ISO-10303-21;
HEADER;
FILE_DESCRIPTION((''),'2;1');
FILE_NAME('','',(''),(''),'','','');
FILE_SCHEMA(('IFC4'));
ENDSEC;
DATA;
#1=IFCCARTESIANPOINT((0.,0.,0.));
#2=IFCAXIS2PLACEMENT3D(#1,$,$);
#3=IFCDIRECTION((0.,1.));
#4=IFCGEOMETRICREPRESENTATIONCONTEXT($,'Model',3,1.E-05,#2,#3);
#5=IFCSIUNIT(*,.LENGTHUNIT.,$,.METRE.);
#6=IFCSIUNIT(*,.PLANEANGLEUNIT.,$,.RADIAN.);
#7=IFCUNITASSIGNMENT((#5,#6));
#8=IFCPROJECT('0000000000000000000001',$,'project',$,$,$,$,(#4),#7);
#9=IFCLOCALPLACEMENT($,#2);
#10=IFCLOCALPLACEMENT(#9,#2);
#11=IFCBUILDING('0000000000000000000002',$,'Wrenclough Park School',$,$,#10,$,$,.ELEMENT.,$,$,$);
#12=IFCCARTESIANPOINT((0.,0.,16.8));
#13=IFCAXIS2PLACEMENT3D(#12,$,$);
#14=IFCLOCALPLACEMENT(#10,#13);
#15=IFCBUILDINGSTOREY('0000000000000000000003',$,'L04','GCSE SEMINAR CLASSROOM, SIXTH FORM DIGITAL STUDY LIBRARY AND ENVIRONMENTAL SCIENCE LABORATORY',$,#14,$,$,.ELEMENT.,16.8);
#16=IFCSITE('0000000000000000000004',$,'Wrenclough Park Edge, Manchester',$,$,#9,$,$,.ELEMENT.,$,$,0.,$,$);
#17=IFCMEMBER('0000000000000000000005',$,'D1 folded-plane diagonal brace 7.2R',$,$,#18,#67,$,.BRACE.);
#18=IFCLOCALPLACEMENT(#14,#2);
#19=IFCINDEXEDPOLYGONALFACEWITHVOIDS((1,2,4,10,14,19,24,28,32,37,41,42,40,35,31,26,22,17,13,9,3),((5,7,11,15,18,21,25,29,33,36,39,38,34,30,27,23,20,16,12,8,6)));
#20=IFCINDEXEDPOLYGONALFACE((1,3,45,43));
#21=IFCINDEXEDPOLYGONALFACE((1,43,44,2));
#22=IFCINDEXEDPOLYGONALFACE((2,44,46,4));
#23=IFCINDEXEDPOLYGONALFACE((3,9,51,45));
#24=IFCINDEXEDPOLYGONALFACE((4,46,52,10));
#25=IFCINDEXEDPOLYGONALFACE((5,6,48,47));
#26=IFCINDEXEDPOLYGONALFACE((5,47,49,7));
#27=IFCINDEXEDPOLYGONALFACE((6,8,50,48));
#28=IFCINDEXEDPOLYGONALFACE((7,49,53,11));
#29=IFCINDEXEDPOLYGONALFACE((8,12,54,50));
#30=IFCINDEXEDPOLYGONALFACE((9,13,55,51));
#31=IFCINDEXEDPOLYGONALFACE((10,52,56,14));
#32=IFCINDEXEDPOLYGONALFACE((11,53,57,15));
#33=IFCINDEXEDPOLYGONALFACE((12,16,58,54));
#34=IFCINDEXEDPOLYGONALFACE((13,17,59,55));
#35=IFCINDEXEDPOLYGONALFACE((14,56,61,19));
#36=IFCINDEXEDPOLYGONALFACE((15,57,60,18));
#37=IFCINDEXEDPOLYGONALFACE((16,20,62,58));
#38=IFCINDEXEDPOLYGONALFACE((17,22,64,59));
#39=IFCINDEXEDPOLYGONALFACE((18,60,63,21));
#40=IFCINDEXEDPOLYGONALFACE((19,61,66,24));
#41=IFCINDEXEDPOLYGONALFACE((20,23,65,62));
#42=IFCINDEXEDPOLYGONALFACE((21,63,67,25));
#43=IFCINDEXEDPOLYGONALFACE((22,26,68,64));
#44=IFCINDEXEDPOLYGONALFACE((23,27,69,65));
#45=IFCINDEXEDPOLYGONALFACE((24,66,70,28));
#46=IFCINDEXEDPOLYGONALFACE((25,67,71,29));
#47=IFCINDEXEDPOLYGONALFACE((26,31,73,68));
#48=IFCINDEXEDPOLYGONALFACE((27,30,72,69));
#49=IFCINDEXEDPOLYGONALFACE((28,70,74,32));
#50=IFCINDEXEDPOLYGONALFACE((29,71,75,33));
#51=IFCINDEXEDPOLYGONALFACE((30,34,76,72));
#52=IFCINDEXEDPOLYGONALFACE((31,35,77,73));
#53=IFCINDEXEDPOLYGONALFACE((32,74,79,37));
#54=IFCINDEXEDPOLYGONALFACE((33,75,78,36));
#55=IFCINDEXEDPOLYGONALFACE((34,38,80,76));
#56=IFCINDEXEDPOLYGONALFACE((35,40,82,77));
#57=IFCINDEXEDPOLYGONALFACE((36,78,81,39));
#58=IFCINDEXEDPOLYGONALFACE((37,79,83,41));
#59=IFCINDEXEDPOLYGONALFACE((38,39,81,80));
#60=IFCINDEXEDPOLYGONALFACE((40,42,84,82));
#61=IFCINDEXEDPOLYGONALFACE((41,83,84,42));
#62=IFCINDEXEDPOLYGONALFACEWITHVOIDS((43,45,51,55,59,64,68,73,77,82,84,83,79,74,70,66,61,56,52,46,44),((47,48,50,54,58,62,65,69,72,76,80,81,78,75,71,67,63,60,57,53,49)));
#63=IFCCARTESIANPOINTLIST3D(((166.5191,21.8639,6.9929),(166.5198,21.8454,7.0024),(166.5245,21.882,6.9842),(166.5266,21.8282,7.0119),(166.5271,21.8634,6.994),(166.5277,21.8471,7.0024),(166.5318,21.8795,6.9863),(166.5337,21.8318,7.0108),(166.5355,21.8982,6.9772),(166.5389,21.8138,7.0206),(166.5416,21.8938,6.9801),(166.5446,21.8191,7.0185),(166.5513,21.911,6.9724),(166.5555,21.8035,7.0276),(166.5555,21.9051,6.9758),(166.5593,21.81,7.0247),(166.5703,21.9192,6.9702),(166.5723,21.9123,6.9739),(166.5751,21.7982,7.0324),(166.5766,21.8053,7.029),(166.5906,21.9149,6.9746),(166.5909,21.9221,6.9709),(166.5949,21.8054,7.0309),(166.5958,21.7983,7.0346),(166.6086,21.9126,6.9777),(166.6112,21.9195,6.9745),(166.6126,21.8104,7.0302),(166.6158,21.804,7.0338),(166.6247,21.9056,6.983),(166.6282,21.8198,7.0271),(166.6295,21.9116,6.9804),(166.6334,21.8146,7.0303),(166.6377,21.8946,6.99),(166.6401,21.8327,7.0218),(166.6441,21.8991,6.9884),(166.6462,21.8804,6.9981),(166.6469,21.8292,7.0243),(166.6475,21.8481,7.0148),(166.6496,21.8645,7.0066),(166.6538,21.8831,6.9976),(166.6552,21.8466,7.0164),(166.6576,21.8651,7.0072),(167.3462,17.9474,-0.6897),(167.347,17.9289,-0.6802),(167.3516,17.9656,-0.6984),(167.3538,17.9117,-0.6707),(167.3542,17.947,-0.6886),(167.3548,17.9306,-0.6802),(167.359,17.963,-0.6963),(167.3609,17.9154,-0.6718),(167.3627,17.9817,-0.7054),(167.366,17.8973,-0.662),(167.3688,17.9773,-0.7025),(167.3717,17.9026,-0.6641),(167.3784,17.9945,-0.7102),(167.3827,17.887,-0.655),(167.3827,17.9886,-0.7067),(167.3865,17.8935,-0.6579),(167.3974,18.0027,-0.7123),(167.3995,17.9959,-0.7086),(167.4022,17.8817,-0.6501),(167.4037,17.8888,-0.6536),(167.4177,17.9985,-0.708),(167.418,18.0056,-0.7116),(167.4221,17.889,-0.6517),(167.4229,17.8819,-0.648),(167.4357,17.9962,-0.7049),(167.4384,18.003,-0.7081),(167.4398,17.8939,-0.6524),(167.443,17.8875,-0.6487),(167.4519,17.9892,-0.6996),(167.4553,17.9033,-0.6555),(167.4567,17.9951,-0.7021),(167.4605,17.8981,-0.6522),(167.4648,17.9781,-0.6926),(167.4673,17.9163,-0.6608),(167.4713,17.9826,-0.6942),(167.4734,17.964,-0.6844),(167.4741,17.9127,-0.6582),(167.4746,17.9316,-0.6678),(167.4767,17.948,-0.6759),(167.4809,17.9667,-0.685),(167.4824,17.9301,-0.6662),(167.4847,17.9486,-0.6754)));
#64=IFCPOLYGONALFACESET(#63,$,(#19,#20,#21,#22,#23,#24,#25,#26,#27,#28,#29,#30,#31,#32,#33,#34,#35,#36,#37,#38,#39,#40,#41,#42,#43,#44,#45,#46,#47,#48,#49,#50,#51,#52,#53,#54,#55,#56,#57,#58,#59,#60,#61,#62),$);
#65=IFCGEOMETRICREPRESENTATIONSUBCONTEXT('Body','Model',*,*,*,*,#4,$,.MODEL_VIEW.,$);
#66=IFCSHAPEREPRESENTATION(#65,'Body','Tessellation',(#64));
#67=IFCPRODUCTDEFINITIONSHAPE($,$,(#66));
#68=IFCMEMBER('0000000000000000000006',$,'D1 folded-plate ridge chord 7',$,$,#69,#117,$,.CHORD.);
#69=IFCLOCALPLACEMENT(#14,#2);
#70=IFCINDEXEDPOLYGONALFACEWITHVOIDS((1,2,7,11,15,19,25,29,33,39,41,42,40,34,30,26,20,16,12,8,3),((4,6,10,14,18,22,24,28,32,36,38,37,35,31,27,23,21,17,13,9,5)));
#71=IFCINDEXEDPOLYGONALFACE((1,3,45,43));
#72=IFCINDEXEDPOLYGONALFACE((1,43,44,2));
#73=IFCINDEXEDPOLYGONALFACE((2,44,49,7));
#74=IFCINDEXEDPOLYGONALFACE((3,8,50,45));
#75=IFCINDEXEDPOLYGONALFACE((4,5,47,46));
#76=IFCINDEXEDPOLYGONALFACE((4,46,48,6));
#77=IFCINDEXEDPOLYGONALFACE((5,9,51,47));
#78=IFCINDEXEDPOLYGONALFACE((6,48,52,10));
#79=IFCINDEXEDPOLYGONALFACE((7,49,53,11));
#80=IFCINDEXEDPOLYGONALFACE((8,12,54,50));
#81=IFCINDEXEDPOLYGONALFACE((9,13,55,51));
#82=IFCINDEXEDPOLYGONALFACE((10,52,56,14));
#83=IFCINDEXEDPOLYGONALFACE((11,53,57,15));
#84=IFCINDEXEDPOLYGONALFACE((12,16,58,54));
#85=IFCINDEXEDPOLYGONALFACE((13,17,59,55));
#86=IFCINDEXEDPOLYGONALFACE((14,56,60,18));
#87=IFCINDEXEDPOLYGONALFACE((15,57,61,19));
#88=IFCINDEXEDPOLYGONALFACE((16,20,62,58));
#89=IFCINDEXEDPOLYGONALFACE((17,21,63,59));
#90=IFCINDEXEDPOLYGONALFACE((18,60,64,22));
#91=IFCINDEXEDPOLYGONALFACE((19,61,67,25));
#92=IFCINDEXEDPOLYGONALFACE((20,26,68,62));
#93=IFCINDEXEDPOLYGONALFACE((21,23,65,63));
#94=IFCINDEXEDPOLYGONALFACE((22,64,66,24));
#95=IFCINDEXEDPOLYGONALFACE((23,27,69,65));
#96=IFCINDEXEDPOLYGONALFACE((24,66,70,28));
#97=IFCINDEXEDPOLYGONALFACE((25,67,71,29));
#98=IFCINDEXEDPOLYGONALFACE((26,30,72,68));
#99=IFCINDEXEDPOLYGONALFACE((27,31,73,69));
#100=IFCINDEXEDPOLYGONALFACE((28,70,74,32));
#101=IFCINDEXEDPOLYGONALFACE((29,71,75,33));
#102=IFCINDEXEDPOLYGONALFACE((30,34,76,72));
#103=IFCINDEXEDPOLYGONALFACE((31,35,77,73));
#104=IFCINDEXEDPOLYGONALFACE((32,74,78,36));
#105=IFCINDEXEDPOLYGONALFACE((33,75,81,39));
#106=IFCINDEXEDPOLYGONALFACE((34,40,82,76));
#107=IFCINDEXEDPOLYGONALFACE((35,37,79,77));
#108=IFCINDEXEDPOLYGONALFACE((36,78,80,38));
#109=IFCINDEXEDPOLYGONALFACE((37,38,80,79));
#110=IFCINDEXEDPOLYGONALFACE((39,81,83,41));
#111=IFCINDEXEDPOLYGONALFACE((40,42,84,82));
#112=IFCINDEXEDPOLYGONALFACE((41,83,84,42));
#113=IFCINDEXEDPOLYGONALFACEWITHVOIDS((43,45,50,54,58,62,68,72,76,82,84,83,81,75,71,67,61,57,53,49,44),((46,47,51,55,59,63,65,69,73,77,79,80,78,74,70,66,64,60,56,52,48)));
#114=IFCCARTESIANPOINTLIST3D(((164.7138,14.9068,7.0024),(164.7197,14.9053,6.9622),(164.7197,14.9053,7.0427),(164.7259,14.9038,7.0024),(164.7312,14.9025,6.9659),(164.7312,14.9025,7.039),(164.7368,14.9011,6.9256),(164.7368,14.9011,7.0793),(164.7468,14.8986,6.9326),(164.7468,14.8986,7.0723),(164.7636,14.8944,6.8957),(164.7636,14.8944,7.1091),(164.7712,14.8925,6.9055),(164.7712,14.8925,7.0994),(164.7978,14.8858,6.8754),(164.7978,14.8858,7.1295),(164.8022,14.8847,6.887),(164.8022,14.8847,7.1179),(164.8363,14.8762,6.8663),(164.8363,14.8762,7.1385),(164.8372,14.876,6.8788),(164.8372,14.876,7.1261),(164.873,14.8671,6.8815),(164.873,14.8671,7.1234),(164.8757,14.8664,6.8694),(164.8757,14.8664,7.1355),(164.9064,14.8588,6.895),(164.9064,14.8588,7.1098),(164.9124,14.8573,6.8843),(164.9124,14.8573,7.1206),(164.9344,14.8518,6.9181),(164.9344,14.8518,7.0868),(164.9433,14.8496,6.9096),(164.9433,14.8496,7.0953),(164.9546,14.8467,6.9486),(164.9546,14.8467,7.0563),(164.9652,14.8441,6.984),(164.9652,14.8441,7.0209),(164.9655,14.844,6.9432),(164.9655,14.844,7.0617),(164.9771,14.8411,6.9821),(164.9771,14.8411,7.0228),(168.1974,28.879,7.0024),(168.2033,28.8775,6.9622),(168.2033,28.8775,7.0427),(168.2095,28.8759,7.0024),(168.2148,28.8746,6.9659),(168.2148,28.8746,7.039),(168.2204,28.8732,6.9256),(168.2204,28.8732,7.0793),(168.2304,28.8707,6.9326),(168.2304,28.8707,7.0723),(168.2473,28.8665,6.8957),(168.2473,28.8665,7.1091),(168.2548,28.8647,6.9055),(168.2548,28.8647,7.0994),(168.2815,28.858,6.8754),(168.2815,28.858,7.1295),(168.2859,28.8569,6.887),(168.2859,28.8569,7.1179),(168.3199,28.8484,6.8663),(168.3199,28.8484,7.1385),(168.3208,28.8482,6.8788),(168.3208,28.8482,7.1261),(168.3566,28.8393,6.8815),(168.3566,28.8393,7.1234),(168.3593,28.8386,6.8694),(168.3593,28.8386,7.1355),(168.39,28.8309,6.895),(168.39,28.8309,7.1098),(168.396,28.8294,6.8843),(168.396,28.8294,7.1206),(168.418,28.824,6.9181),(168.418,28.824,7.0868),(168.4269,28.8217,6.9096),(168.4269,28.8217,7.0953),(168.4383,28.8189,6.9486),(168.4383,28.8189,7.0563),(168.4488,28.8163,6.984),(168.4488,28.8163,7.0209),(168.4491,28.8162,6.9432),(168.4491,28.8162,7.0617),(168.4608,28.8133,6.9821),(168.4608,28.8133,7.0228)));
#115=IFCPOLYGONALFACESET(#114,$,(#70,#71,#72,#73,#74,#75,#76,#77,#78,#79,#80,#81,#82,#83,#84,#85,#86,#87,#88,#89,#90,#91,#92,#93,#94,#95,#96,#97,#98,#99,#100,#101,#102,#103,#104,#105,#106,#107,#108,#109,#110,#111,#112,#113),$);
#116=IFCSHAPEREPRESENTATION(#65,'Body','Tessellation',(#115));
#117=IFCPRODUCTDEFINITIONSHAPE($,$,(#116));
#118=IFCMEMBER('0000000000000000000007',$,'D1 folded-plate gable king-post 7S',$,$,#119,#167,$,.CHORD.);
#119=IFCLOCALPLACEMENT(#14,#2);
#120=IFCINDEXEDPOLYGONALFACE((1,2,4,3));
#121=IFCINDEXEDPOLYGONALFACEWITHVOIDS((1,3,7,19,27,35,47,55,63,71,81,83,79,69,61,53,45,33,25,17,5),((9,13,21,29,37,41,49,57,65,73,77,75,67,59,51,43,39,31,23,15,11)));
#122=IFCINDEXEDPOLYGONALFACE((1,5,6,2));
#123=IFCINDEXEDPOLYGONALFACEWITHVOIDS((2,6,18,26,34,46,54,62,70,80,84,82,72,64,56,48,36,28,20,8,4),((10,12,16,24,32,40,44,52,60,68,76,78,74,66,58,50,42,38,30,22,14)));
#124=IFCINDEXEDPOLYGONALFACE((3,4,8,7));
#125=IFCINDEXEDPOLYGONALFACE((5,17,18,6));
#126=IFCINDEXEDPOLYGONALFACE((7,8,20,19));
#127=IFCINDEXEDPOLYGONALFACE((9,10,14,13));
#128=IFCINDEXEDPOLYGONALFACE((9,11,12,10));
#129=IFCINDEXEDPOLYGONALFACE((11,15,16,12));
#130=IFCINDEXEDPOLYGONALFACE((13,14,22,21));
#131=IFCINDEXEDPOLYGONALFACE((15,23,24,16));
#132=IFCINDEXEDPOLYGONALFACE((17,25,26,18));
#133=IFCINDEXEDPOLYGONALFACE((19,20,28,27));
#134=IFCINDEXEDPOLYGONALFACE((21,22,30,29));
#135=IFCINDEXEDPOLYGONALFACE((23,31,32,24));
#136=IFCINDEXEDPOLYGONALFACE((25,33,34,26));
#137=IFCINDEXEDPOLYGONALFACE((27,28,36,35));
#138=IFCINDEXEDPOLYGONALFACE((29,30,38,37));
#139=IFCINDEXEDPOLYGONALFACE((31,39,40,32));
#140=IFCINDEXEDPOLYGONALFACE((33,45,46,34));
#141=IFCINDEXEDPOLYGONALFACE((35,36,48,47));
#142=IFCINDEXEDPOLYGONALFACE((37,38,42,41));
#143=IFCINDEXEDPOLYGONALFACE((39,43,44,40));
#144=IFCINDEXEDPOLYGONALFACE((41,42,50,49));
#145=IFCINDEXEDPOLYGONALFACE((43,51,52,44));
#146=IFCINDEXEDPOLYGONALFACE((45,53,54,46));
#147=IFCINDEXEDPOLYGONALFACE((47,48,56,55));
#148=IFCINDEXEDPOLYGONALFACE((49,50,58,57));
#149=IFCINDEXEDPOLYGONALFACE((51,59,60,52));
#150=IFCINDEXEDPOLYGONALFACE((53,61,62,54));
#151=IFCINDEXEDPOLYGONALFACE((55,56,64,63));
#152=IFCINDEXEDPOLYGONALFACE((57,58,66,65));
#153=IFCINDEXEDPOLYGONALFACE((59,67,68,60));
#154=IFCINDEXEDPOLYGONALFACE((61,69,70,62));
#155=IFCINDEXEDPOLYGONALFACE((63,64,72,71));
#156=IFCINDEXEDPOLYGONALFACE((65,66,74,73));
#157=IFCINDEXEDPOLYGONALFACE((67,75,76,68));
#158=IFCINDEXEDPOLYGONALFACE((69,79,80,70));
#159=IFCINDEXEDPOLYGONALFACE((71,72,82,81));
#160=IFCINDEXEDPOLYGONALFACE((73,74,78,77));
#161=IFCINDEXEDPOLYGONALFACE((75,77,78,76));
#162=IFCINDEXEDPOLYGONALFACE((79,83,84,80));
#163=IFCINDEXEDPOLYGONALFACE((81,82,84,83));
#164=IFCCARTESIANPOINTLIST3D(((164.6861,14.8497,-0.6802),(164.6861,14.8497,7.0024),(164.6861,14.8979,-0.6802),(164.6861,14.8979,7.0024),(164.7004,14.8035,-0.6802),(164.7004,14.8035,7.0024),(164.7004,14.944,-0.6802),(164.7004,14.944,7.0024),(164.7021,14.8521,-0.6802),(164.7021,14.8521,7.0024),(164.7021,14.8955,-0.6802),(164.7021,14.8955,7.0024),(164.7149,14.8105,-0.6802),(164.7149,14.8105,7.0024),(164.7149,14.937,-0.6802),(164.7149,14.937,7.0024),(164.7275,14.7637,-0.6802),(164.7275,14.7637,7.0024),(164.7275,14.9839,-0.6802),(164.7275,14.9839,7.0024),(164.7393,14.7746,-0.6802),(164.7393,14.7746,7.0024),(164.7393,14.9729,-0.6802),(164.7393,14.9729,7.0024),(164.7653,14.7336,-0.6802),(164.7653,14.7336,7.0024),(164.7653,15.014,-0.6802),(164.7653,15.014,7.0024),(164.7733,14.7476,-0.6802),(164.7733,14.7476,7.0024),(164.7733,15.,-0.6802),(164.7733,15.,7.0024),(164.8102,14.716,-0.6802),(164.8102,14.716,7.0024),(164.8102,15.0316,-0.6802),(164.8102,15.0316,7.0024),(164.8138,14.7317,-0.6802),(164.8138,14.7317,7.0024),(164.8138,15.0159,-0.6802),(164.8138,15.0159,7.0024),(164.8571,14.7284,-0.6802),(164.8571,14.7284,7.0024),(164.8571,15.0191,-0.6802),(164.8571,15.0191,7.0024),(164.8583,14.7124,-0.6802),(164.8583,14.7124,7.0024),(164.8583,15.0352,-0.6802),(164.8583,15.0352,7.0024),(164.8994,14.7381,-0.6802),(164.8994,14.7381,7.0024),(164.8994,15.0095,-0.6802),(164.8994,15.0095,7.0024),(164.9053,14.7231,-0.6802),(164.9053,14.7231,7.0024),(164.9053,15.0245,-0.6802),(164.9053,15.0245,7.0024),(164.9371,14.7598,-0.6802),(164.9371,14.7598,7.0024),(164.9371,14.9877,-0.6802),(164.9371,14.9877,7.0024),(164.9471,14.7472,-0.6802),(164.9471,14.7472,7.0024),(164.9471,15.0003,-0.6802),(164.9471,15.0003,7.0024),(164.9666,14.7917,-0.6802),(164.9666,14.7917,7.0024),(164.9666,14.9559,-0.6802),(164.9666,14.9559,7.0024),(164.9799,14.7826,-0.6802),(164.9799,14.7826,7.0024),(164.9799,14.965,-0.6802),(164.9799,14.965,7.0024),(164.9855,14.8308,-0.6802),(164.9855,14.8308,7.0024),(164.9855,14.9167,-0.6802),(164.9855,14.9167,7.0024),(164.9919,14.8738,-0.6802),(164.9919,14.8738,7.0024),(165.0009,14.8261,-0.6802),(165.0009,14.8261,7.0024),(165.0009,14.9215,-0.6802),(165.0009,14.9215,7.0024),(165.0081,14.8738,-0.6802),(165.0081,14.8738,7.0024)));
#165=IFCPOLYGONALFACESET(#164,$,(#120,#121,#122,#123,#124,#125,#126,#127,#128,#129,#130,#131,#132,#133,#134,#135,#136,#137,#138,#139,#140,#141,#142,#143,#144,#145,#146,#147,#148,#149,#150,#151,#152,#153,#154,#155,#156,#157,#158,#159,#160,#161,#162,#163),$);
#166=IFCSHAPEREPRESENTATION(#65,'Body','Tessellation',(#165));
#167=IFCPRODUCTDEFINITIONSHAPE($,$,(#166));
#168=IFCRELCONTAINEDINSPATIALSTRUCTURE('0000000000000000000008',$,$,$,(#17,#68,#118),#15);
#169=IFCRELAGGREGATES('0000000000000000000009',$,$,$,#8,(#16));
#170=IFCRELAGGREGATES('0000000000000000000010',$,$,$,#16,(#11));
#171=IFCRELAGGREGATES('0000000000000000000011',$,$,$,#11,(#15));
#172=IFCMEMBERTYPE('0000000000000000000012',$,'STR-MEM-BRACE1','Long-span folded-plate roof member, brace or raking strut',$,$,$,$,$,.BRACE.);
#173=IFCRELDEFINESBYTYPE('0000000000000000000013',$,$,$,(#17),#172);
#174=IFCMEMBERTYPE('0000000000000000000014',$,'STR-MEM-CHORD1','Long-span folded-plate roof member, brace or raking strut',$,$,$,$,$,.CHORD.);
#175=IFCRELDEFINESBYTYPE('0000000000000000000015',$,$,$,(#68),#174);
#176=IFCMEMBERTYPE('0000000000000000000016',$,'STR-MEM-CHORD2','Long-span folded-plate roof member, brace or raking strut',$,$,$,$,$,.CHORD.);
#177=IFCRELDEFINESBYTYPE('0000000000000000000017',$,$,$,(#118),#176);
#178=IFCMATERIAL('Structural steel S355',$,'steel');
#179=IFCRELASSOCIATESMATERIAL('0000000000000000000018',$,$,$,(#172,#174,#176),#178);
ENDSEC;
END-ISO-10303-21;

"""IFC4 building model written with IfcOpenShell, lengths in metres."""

from ifc_helpers import new_model, si_unit, direction, frame, origin, origin_2d, place, context, subcontext, project, spatial, hollow_circle, extrude, material, material_profile, profile_set, type_object, element, save


model = new_model("IFC4")

# Units and contexts
model_context = context("Model", 3, precision=1e-05, world=origin(), true_north=direction((0.0, 1.0)))
body_context = subcontext(model_context, "Body", "Model", "MODEL_VIEW")
ifc_project = project(units=[si_unit("LENGTHUNIT", "METRE"), si_unit("PLANEANGLEUNIT", "RADIAN")], contexts=[model_context])

# Site, building, storey
site_placement = place(None, origin())
site = spatial("IfcSite", under=ifc_project, at=site_placement, Name="Wrenclough Park Edge, Manchester", CompositionType="ELEMENT", RefElevation=0.0)
building_placement = place(site_placement, origin())
building = spatial("IfcBuilding", under=site, at=building_placement, Name="Wrenclough Park School", CompositionType="ELEMENT")
storey_placement = place(building_placement, frame((0.0, 0.0, 16.8)))
storey = spatial("IfcBuildingStorey", under=building, at=storey_placement, Name="L04", Description="GCSE SEMINAR CLASSROOM, SIXTH FORM DIGITAL STUDY LIBRARY AND ENVIRONMENTAL SCIENCE LABORATORY", CompositionType="ELEMENT", Elevation=16.8)

# Shared definitions
ifc_material_1 = material(Name="Structural steel S355", Category="steel")

# Members
ifc_material_profile_1 = material_profile(ifc_material_1, hollow_circle(Radius=0.0698, WallThickness=0.0081, at=origin_2d()), Name="CHS 139.7x8.0")
ifc_profile_set_1 = profile_set([ifc_material_profile_1], Name="Structural steel S355")
member_type_1 = type_object("IfcMemberType", Name="STR-MEM-BRACE1", Description="Long-span folded-plate roof member, brace or raking strut", PredefinedType="BRACE", material=ifc_profile_set_1)
for number, where, z_axis, x_axis, name in (
    (1, (167.4153, 17.9434, -0.6802), (-0.095482, 0.452101, 0.886842), (-0.978418, -0.206637, 0.0), "D1 folded-plane diagonal brace 7.2R"),
):
    element("IfcMember", number, at=place(storey_placement, frame(where, z_axis=z_axis, x_axis=x_axis)), inside=storey, type_object=member_type_1, Name=name, PredefinedType="BRACE", context=body_context, shape_type="SweptSolid", body=[
        extrude(hollow_circle(Radius=0.0698, WallThickness=0.0081, at=origin_2d()), origin(), (0.0, 0.0, 1.0), 8.6628),
    ])
ifc_material_profile_2 = material_profile(ifc_material_1, hollow_circle(Radius=0.1365, WallThickness=0.0125, at=origin_2d()), Name="CHS 273.0x12.5")
ifc_profile_set_2 = profile_set([ifc_material_profile_2], Name="Structural steel S355")
member_type_2 = type_object("IfcMemberType", Name="STR-MEM-CHORD1", Description="Long-span folded-plate roof member, brace or raking strut", PredefinedType="CHORD", material=ifc_profile_set_2)
member_1_placement = place(storey_placement, frame((164.8462, 14.8738, 7.0024), z_axis=(0.241921, 0.970296, 0.0), x_axis=(-0.970296, 0.241921, 0.0)))
element("IfcMember", 2, at=member_1_placement, inside=storey, type_object=member_type_2, Name="D1 folded-plate ridge chord 7", PredefinedType="CHORD", context=body_context, shape_type="SweptSolid", body=[
    extrude(hollow_circle(Radius=0.1365, WallThickness=0.0125, at=origin_2d()), origin(), (0.0, 0.0, 1.0), 14.3999),
])
ifc_material_profile_3 = material_profile(ifc_material_1, hollow_circle(Radius=0.1619, WallThickness=0.0161, at=origin_2d()), Name="CHS 323.9x16.0")
ifc_profile_set_3 = profile_set([ifc_material_profile_3], Name="Structural steel S355")
member_type_3 = type_object("IfcMemberType", Name="STR-MEM-CHORD2", Description="Long-span folded-plate roof member, brace or raking strut", PredefinedType="CHORD", material=ifc_profile_set_3)
member_2_placement = place(storey_placement, frame((164.8462, 14.8738, -0.6802), z_axis=(0.0, 0.0, 1.0), x_axis=(1.0, 0.0, 0.0)))
element("IfcMember", 3, at=member_2_placement, inside=storey, type_object=member_type_3, Name="D1 folded-plate gable king-post 7S", PredefinedType="CHORD", context=body_context, shape_type="SweptSolid", body=[
    extrude(hollow_circle(Radius=0.1619, WallThickness=0.0161, at=origin_2d()), origin(), (0.0, 0.0, 1.0), 7.6826),
])

save(model, "model.ifc")
